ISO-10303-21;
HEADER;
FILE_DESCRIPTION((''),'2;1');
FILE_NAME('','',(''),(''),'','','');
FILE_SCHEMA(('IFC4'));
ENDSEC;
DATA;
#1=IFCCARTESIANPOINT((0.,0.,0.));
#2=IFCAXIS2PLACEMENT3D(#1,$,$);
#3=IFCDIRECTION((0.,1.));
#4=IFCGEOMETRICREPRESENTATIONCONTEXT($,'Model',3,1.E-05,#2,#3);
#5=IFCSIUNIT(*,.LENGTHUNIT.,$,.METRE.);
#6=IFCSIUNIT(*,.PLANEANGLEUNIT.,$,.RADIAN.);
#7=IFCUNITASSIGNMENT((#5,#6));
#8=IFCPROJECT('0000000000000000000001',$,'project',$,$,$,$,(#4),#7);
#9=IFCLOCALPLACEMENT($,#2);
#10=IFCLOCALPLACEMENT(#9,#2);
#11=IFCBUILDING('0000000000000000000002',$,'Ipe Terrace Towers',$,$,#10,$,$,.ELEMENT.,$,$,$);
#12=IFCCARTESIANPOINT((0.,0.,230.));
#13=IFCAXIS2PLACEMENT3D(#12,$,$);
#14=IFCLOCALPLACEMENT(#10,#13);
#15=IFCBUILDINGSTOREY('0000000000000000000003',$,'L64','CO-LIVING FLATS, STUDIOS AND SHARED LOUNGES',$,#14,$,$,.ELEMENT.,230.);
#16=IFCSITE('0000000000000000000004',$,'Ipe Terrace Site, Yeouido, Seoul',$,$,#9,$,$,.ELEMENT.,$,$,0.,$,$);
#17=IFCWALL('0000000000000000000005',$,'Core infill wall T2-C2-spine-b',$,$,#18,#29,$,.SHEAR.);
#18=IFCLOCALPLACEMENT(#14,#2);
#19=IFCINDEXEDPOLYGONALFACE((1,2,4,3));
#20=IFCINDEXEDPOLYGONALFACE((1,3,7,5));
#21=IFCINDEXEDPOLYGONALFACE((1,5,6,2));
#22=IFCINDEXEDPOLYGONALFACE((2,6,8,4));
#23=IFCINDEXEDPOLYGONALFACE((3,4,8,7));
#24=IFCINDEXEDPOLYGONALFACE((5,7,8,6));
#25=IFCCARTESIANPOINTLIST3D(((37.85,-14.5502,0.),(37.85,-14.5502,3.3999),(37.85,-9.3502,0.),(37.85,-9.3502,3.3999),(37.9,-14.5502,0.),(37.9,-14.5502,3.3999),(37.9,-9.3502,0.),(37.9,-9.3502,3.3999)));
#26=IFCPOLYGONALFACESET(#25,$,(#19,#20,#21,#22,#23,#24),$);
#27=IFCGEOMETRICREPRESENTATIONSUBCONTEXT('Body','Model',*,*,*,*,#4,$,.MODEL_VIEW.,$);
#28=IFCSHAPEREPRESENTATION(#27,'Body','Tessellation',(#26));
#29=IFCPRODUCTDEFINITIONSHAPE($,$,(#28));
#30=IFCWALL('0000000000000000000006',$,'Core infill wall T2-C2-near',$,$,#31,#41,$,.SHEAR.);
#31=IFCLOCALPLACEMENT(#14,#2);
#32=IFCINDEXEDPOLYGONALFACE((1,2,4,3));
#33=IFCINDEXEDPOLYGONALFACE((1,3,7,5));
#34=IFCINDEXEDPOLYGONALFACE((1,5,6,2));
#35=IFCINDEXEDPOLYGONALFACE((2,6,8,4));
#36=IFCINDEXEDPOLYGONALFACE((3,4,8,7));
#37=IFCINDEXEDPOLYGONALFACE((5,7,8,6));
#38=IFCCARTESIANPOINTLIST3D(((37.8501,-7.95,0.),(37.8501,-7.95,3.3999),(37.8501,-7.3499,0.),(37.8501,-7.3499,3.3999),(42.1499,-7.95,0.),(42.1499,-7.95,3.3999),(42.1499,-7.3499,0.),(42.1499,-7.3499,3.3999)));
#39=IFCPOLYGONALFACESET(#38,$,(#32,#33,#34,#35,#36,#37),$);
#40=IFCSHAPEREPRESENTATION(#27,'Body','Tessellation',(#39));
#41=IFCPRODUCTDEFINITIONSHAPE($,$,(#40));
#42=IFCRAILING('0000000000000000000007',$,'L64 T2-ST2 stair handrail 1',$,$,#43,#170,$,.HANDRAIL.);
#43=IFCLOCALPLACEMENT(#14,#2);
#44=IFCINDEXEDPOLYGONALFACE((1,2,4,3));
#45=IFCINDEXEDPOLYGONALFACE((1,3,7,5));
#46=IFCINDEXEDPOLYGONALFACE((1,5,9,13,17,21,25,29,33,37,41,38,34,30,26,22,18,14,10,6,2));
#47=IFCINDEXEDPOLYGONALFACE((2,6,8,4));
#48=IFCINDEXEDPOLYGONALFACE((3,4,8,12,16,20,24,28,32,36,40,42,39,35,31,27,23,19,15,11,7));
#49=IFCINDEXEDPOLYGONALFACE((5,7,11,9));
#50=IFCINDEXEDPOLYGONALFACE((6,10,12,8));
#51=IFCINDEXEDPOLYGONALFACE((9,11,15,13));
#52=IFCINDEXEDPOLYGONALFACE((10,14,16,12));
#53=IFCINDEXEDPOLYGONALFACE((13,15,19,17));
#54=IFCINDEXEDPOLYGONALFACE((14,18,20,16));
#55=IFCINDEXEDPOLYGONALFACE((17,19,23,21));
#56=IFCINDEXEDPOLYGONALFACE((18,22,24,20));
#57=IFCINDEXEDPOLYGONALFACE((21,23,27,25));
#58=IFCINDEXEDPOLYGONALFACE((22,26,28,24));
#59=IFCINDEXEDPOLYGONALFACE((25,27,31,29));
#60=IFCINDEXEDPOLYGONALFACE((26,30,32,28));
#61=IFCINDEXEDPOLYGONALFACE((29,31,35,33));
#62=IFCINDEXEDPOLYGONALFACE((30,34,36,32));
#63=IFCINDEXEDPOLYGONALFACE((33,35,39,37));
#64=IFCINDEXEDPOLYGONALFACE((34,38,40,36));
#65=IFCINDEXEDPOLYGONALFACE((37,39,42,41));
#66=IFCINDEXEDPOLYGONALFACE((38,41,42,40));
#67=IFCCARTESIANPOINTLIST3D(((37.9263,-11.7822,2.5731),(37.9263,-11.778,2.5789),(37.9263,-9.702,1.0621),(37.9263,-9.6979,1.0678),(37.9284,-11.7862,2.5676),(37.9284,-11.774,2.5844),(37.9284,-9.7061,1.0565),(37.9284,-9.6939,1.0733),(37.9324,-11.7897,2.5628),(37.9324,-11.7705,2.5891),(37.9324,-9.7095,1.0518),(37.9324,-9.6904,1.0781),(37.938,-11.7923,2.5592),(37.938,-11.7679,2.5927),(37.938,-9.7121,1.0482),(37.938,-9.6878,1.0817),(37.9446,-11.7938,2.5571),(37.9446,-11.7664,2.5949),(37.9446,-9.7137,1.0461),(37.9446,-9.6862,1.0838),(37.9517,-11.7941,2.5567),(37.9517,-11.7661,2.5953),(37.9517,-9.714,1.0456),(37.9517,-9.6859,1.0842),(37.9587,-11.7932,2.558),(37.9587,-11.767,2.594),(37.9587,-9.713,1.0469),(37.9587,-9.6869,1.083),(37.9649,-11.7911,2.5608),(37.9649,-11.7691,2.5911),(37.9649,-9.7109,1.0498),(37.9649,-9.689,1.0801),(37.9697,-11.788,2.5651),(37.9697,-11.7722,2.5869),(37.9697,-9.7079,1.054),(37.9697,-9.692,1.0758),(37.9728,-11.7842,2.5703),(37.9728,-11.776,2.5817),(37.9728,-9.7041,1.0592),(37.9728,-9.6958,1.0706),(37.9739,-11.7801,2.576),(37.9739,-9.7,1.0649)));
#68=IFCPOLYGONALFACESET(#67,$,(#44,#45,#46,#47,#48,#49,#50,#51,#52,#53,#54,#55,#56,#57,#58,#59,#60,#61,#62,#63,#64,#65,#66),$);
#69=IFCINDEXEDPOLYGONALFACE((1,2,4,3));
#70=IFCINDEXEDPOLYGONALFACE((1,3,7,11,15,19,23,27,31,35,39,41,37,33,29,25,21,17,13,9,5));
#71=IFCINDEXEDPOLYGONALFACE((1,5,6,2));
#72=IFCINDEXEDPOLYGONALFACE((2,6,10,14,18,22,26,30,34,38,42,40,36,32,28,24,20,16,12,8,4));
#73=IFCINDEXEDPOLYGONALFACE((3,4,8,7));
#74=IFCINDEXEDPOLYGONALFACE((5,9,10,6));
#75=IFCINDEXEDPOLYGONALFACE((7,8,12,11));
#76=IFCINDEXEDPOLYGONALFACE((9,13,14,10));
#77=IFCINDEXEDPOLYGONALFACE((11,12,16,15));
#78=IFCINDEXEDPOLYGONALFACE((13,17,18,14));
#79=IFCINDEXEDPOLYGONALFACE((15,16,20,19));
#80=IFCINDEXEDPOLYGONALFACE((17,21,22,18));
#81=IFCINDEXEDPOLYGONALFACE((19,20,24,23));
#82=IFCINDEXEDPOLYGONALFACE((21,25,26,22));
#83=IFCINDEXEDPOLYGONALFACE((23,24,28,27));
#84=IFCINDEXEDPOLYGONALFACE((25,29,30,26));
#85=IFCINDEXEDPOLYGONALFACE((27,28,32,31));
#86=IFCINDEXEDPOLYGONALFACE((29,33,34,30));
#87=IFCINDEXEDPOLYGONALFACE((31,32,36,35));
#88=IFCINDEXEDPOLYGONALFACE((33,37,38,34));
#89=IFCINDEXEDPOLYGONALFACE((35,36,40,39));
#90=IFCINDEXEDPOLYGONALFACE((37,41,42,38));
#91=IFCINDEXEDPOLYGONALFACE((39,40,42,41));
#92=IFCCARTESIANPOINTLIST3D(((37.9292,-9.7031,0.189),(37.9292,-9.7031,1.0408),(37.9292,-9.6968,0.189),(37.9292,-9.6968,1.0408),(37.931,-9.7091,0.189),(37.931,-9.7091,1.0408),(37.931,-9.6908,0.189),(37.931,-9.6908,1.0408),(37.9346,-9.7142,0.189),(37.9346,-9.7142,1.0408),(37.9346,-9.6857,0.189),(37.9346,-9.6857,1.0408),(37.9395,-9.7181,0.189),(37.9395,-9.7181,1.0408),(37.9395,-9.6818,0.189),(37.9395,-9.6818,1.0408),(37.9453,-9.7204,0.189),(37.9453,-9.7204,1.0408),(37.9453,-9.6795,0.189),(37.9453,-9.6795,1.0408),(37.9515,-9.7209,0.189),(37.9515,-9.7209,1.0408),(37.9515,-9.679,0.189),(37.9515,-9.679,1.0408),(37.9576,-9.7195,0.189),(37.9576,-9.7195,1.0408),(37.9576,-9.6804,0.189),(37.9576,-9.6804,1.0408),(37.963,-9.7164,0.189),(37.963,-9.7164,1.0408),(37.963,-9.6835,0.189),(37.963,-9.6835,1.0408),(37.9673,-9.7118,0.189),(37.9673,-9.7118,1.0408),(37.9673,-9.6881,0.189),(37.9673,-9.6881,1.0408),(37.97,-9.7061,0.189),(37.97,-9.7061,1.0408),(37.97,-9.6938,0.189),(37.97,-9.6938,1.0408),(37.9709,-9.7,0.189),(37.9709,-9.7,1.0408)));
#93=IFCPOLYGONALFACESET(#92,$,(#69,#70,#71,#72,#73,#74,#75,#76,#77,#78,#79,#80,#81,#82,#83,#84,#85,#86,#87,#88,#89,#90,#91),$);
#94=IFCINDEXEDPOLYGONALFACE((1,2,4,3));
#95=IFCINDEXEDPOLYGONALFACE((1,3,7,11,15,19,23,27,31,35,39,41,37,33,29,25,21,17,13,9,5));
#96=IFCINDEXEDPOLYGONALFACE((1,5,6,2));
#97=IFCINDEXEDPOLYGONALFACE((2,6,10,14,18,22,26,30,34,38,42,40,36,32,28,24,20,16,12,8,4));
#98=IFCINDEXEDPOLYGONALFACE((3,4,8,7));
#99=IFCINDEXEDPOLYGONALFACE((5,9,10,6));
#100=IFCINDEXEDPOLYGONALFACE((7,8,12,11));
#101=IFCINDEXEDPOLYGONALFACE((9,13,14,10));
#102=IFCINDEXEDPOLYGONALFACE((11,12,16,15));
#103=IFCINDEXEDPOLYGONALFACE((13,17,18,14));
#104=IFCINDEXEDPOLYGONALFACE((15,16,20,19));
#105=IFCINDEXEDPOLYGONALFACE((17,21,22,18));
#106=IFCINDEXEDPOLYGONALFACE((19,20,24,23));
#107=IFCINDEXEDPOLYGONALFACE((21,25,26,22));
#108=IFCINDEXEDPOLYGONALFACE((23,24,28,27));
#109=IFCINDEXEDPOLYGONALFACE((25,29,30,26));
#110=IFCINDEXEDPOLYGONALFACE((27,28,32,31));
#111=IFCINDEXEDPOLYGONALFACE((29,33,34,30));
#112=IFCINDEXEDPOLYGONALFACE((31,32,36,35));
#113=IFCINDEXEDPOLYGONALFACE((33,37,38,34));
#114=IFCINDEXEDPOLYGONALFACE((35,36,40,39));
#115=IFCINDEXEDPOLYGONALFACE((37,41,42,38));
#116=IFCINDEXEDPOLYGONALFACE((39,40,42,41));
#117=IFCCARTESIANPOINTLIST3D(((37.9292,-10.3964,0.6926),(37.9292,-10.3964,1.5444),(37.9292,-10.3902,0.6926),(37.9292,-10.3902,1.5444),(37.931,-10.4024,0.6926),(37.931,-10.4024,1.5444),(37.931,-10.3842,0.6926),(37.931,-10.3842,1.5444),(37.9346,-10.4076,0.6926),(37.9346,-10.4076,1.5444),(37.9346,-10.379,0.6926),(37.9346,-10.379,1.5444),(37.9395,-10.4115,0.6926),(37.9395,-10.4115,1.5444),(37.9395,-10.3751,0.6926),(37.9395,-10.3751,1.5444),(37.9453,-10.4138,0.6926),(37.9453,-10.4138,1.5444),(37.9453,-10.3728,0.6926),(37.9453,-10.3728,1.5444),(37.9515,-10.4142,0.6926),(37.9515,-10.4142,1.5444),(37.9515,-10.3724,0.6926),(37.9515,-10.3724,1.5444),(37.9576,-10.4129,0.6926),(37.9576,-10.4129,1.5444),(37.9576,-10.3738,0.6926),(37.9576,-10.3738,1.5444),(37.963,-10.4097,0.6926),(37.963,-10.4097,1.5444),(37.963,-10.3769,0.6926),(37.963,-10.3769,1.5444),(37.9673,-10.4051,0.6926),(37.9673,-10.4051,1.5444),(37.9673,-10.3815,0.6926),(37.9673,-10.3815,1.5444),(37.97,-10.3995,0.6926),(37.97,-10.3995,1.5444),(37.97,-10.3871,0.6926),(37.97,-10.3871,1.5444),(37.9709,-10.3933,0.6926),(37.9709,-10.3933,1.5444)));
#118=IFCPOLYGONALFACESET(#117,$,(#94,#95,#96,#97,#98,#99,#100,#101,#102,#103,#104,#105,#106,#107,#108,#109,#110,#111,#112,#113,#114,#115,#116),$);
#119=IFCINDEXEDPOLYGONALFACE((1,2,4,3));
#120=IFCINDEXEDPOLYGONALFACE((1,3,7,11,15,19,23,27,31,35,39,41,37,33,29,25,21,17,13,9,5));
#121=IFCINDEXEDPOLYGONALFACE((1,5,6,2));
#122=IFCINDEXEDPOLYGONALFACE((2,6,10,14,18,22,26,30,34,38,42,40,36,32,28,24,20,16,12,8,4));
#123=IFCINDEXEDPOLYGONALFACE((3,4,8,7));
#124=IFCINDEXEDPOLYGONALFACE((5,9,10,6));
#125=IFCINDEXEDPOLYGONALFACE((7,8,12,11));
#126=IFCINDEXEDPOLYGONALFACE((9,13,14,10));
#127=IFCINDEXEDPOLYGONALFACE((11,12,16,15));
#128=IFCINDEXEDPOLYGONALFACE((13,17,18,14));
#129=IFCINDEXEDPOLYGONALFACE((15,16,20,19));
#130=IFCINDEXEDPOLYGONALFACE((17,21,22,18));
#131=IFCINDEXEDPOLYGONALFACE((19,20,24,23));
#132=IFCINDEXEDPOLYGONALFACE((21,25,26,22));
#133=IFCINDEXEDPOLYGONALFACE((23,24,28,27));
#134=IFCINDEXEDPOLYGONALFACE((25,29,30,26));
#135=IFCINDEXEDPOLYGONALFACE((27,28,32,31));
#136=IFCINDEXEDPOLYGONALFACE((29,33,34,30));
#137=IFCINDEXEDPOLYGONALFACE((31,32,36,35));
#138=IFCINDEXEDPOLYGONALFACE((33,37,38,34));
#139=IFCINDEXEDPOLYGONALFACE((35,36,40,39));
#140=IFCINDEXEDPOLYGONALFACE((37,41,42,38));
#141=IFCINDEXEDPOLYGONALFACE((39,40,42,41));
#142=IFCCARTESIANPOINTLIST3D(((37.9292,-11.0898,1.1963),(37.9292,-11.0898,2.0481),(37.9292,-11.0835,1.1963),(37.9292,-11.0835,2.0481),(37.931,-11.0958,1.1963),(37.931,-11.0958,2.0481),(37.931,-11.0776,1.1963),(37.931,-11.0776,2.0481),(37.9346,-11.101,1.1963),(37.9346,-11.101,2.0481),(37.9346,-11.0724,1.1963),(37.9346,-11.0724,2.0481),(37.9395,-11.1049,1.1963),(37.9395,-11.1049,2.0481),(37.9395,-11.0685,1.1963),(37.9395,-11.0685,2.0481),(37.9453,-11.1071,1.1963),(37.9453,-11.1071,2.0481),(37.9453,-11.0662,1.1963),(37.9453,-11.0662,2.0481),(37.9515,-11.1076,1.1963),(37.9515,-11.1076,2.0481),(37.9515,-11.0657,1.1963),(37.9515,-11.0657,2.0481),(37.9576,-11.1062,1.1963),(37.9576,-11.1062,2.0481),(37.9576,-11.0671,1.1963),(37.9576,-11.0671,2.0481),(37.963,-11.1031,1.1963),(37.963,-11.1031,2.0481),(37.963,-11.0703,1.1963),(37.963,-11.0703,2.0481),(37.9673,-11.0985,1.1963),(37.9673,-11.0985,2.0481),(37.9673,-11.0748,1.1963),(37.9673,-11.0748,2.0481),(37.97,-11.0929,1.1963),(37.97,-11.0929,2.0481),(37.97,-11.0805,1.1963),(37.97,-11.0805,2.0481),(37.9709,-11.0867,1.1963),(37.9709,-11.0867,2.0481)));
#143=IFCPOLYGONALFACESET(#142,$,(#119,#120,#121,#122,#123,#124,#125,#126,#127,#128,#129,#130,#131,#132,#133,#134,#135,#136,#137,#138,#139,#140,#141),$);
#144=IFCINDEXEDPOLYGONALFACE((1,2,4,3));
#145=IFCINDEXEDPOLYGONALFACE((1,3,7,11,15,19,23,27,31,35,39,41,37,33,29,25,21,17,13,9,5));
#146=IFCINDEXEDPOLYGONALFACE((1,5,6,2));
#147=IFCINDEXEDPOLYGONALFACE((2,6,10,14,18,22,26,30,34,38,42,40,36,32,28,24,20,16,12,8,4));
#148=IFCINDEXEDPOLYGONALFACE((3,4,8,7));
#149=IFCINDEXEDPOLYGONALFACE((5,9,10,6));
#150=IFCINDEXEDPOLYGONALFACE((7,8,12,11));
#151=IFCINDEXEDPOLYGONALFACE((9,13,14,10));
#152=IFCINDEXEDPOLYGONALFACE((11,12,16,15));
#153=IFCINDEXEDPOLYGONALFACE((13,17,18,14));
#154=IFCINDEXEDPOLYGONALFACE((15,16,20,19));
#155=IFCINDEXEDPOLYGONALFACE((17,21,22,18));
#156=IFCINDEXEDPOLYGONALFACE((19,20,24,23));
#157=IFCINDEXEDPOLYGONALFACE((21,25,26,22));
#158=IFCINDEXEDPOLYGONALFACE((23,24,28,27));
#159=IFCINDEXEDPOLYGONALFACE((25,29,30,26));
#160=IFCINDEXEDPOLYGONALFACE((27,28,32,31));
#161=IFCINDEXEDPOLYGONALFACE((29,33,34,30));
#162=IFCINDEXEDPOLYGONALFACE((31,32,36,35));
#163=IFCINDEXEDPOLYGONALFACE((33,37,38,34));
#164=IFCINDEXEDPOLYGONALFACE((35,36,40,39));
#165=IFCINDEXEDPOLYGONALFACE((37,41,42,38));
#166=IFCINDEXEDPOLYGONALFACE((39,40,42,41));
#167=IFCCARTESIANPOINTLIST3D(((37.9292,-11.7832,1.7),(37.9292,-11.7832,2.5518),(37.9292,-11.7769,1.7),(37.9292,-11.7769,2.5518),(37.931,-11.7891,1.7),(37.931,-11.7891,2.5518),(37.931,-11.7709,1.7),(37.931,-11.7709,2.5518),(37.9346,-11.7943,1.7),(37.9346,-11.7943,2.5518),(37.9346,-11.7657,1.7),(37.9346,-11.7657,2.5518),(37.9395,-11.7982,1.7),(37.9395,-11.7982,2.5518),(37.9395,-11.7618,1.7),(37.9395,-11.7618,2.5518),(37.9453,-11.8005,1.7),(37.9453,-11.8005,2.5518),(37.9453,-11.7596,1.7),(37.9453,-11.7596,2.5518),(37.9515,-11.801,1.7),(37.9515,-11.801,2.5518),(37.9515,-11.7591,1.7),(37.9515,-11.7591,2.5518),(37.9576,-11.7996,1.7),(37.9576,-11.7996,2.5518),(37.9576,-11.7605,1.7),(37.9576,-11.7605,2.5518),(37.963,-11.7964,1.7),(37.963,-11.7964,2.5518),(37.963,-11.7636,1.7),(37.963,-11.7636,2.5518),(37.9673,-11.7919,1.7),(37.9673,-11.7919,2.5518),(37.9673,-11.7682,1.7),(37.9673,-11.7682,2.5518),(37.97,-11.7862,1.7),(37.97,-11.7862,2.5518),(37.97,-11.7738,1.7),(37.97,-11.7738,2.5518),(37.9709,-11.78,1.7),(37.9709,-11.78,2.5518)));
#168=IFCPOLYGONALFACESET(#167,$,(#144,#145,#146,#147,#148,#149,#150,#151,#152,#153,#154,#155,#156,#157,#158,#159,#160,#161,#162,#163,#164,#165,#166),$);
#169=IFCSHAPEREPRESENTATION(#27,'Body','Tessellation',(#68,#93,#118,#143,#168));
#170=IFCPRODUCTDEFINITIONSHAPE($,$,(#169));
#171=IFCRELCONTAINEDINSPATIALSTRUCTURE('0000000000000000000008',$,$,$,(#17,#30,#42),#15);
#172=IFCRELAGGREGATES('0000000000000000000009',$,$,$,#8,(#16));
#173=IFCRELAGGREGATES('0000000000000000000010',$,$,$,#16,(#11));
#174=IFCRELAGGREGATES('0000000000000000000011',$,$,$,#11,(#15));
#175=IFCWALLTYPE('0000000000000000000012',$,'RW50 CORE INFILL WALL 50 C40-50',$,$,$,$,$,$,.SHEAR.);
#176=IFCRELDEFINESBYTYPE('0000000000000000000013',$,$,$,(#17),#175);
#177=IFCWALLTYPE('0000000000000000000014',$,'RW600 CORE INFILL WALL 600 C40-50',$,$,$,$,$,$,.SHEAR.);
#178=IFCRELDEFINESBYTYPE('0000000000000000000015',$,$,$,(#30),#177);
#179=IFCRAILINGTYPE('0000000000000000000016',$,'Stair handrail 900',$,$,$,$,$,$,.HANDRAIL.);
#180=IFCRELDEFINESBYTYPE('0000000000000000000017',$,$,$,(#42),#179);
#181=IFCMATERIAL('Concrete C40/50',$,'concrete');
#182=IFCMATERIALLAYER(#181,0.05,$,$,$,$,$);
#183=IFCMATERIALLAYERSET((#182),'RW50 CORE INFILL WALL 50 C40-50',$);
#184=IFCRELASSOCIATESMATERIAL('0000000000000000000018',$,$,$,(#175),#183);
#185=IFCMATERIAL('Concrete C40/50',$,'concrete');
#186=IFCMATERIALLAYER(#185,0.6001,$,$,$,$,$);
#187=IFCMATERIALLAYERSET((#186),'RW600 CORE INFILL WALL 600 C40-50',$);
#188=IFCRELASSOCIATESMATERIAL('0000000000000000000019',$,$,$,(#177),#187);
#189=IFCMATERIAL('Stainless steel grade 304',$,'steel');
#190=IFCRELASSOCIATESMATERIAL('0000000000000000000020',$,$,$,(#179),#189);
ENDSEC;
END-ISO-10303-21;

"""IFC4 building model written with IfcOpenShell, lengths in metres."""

from ifc_helpers import new_model, si_unit, direction, frame, frame_2d, origin, origin_2d, place, context, subcontext, project, spatial, rectangle, circle, extrude, material, layer, layer_set, type_object, element, save


model = new_model("IFC4")

# Units and contexts
model_context = context("Model", 3, precision=1e-05, world=origin(), true_north=direction((0.0, 1.0)))
body_context = subcontext(model_context, "Body", "Model", "MODEL_VIEW")
ifc_project = project(units=[si_unit("LENGTHUNIT", "METRE"), si_unit("PLANEANGLEUNIT", "RADIAN")], contexts=[model_context])

# Site, building, storey
site_placement = place(None, origin())
site = spatial("IfcSite", under=ifc_project, at=site_placement, Name="Ipe Terrace Site, Yeouido, Seoul", CompositionType="ELEMENT", RefElevation=0.0)
building_placement = place(site_placement, origin())
building = spatial("IfcBuilding", under=site, at=building_placement, Name="Ipe Terrace Towers", CompositionType="ELEMENT")
storey_placement = place(building_placement, frame((0.0, 0.0, 230.0)))
storey = spatial("IfcBuildingStorey", under=building, at=storey_placement, Name="L64", Description="CO-LIVING FLATS, STUDIOS AND SHARED LOUNGES", CompositionType="ELEMENT", Elevation=230.0)

# Walls
ifc_material_1 = material(Name="Concrete C40/50", Category="concrete")
ifc_layer_1 = layer(ifc_material_1, 0.05)
ifc_layer_set_1 = layer_set([ifc_layer_1], Name="RW50 CORE INFILL WALL 50 C40-50")
wall_type_1 = type_object("IfcWallType", Name="RW50 CORE INFILL WALL 50 C40-50", PredefinedType="SHEAR", material=ifc_layer_set_1)
wall_1_placement = place(storey_placement, frame((37.875, -9.3501, 0.0), z_axis=(0.0, 0.0, 1.0), x_axis=(0.0, -1.0, 0.0)))
element("IfcWall", 1, at=wall_1_placement, inside=storey, type_object=wall_type_1, Name="Core infill wall T2-C2-spine-b", PredefinedType="SHEAR", context=body_context, shape_type="SweptSolid", body=[
    extrude(rectangle(XDim=5.2, YDim=0.05, at=frame_2d((2.6001, 0.0))), origin(), (0.0, 0.0, 1.0), 3.3999),
])
ifc_material_2 = material(Name="Concrete C40/50", Category="concrete")
ifc_layer_2 = layer(ifc_material_2, 0.6001)
ifc_layer_set_2 = layer_set([ifc_layer_2], Name="RW600 CORE INFILL WALL 600 C40-50")
wall_type_2 = type_object("IfcWallType", Name="RW600 CORE INFILL WALL 600 C40-50", PredefinedType="SHEAR", material=ifc_layer_set_2)
wall_2_placement = place(storey_placement, frame((37.8501, -7.6499, 0.0), z_axis=(0.0, 0.0, 1.0), x_axis=(1.0, 0.0, 0.0)))
element("IfcWall", 2, at=wall_2_placement, inside=storey, type_object=wall_type_2, Name="Core infill wall T2-C2-near", PredefinedType="SHEAR", context=body_context, shape_type="SweptSolid", body=[
    extrude(rectangle(XDim=4.2998, YDim=0.6001, at=frame_2d((2.1499, 0.0))), origin(), (0.0, 0.0, 1.0), 3.3999),
])

# Railing
ifc_material_3 = material(Name="Stainless steel grade 304", Category="steel")
railing_type_1 = type_object("IfcRailingType", Name="Stair handrail 900", PredefinedType="HANDRAIL", material=ifc_material_3)
railing_1_placement = place(storey_placement, frame((37.95, -9.7, 0.189)))
element("IfcRailing", 3, at=railing_1_placement, inside=storey, type_object=railing_type_1, Name="L64 T2-ST2 stair handrail 1", PredefinedType="HANDRAIL", context=body_context, shape_type="SweptSolid", body=[
    extrude(circle(Radius=0.0239, at=origin_2d()), frame((0.0, 0.0, 0.876), z_axis=(0.0, -0.809069, 0.587714), x_axis=(1.0, 0.0, 0.0)), (0.0, 0.0, 1.0), 2.571),
    extrude(circle(Radius=0.021, at=origin_2d()), origin(), (0.0, 0.0, 1.0), 0.8518),
    extrude(circle(Radius=0.021, at=origin_2d()), frame((0.0, -0.6934, 0.5037)), (0.0, 0.0, 1.0), 0.8518),
    extrude(circle(Radius=0.021, at=origin_2d()), frame((0.0, -1.3867, 1.0073)), (0.0, 0.0, 1.0), 0.8518),
    extrude(circle(Radius=0.021, at=origin_2d()), frame((0.0, -2.0801, 1.511)), (0.0, 0.0, 1.0), 0.8518),
])

save(model, "model.ifc")
